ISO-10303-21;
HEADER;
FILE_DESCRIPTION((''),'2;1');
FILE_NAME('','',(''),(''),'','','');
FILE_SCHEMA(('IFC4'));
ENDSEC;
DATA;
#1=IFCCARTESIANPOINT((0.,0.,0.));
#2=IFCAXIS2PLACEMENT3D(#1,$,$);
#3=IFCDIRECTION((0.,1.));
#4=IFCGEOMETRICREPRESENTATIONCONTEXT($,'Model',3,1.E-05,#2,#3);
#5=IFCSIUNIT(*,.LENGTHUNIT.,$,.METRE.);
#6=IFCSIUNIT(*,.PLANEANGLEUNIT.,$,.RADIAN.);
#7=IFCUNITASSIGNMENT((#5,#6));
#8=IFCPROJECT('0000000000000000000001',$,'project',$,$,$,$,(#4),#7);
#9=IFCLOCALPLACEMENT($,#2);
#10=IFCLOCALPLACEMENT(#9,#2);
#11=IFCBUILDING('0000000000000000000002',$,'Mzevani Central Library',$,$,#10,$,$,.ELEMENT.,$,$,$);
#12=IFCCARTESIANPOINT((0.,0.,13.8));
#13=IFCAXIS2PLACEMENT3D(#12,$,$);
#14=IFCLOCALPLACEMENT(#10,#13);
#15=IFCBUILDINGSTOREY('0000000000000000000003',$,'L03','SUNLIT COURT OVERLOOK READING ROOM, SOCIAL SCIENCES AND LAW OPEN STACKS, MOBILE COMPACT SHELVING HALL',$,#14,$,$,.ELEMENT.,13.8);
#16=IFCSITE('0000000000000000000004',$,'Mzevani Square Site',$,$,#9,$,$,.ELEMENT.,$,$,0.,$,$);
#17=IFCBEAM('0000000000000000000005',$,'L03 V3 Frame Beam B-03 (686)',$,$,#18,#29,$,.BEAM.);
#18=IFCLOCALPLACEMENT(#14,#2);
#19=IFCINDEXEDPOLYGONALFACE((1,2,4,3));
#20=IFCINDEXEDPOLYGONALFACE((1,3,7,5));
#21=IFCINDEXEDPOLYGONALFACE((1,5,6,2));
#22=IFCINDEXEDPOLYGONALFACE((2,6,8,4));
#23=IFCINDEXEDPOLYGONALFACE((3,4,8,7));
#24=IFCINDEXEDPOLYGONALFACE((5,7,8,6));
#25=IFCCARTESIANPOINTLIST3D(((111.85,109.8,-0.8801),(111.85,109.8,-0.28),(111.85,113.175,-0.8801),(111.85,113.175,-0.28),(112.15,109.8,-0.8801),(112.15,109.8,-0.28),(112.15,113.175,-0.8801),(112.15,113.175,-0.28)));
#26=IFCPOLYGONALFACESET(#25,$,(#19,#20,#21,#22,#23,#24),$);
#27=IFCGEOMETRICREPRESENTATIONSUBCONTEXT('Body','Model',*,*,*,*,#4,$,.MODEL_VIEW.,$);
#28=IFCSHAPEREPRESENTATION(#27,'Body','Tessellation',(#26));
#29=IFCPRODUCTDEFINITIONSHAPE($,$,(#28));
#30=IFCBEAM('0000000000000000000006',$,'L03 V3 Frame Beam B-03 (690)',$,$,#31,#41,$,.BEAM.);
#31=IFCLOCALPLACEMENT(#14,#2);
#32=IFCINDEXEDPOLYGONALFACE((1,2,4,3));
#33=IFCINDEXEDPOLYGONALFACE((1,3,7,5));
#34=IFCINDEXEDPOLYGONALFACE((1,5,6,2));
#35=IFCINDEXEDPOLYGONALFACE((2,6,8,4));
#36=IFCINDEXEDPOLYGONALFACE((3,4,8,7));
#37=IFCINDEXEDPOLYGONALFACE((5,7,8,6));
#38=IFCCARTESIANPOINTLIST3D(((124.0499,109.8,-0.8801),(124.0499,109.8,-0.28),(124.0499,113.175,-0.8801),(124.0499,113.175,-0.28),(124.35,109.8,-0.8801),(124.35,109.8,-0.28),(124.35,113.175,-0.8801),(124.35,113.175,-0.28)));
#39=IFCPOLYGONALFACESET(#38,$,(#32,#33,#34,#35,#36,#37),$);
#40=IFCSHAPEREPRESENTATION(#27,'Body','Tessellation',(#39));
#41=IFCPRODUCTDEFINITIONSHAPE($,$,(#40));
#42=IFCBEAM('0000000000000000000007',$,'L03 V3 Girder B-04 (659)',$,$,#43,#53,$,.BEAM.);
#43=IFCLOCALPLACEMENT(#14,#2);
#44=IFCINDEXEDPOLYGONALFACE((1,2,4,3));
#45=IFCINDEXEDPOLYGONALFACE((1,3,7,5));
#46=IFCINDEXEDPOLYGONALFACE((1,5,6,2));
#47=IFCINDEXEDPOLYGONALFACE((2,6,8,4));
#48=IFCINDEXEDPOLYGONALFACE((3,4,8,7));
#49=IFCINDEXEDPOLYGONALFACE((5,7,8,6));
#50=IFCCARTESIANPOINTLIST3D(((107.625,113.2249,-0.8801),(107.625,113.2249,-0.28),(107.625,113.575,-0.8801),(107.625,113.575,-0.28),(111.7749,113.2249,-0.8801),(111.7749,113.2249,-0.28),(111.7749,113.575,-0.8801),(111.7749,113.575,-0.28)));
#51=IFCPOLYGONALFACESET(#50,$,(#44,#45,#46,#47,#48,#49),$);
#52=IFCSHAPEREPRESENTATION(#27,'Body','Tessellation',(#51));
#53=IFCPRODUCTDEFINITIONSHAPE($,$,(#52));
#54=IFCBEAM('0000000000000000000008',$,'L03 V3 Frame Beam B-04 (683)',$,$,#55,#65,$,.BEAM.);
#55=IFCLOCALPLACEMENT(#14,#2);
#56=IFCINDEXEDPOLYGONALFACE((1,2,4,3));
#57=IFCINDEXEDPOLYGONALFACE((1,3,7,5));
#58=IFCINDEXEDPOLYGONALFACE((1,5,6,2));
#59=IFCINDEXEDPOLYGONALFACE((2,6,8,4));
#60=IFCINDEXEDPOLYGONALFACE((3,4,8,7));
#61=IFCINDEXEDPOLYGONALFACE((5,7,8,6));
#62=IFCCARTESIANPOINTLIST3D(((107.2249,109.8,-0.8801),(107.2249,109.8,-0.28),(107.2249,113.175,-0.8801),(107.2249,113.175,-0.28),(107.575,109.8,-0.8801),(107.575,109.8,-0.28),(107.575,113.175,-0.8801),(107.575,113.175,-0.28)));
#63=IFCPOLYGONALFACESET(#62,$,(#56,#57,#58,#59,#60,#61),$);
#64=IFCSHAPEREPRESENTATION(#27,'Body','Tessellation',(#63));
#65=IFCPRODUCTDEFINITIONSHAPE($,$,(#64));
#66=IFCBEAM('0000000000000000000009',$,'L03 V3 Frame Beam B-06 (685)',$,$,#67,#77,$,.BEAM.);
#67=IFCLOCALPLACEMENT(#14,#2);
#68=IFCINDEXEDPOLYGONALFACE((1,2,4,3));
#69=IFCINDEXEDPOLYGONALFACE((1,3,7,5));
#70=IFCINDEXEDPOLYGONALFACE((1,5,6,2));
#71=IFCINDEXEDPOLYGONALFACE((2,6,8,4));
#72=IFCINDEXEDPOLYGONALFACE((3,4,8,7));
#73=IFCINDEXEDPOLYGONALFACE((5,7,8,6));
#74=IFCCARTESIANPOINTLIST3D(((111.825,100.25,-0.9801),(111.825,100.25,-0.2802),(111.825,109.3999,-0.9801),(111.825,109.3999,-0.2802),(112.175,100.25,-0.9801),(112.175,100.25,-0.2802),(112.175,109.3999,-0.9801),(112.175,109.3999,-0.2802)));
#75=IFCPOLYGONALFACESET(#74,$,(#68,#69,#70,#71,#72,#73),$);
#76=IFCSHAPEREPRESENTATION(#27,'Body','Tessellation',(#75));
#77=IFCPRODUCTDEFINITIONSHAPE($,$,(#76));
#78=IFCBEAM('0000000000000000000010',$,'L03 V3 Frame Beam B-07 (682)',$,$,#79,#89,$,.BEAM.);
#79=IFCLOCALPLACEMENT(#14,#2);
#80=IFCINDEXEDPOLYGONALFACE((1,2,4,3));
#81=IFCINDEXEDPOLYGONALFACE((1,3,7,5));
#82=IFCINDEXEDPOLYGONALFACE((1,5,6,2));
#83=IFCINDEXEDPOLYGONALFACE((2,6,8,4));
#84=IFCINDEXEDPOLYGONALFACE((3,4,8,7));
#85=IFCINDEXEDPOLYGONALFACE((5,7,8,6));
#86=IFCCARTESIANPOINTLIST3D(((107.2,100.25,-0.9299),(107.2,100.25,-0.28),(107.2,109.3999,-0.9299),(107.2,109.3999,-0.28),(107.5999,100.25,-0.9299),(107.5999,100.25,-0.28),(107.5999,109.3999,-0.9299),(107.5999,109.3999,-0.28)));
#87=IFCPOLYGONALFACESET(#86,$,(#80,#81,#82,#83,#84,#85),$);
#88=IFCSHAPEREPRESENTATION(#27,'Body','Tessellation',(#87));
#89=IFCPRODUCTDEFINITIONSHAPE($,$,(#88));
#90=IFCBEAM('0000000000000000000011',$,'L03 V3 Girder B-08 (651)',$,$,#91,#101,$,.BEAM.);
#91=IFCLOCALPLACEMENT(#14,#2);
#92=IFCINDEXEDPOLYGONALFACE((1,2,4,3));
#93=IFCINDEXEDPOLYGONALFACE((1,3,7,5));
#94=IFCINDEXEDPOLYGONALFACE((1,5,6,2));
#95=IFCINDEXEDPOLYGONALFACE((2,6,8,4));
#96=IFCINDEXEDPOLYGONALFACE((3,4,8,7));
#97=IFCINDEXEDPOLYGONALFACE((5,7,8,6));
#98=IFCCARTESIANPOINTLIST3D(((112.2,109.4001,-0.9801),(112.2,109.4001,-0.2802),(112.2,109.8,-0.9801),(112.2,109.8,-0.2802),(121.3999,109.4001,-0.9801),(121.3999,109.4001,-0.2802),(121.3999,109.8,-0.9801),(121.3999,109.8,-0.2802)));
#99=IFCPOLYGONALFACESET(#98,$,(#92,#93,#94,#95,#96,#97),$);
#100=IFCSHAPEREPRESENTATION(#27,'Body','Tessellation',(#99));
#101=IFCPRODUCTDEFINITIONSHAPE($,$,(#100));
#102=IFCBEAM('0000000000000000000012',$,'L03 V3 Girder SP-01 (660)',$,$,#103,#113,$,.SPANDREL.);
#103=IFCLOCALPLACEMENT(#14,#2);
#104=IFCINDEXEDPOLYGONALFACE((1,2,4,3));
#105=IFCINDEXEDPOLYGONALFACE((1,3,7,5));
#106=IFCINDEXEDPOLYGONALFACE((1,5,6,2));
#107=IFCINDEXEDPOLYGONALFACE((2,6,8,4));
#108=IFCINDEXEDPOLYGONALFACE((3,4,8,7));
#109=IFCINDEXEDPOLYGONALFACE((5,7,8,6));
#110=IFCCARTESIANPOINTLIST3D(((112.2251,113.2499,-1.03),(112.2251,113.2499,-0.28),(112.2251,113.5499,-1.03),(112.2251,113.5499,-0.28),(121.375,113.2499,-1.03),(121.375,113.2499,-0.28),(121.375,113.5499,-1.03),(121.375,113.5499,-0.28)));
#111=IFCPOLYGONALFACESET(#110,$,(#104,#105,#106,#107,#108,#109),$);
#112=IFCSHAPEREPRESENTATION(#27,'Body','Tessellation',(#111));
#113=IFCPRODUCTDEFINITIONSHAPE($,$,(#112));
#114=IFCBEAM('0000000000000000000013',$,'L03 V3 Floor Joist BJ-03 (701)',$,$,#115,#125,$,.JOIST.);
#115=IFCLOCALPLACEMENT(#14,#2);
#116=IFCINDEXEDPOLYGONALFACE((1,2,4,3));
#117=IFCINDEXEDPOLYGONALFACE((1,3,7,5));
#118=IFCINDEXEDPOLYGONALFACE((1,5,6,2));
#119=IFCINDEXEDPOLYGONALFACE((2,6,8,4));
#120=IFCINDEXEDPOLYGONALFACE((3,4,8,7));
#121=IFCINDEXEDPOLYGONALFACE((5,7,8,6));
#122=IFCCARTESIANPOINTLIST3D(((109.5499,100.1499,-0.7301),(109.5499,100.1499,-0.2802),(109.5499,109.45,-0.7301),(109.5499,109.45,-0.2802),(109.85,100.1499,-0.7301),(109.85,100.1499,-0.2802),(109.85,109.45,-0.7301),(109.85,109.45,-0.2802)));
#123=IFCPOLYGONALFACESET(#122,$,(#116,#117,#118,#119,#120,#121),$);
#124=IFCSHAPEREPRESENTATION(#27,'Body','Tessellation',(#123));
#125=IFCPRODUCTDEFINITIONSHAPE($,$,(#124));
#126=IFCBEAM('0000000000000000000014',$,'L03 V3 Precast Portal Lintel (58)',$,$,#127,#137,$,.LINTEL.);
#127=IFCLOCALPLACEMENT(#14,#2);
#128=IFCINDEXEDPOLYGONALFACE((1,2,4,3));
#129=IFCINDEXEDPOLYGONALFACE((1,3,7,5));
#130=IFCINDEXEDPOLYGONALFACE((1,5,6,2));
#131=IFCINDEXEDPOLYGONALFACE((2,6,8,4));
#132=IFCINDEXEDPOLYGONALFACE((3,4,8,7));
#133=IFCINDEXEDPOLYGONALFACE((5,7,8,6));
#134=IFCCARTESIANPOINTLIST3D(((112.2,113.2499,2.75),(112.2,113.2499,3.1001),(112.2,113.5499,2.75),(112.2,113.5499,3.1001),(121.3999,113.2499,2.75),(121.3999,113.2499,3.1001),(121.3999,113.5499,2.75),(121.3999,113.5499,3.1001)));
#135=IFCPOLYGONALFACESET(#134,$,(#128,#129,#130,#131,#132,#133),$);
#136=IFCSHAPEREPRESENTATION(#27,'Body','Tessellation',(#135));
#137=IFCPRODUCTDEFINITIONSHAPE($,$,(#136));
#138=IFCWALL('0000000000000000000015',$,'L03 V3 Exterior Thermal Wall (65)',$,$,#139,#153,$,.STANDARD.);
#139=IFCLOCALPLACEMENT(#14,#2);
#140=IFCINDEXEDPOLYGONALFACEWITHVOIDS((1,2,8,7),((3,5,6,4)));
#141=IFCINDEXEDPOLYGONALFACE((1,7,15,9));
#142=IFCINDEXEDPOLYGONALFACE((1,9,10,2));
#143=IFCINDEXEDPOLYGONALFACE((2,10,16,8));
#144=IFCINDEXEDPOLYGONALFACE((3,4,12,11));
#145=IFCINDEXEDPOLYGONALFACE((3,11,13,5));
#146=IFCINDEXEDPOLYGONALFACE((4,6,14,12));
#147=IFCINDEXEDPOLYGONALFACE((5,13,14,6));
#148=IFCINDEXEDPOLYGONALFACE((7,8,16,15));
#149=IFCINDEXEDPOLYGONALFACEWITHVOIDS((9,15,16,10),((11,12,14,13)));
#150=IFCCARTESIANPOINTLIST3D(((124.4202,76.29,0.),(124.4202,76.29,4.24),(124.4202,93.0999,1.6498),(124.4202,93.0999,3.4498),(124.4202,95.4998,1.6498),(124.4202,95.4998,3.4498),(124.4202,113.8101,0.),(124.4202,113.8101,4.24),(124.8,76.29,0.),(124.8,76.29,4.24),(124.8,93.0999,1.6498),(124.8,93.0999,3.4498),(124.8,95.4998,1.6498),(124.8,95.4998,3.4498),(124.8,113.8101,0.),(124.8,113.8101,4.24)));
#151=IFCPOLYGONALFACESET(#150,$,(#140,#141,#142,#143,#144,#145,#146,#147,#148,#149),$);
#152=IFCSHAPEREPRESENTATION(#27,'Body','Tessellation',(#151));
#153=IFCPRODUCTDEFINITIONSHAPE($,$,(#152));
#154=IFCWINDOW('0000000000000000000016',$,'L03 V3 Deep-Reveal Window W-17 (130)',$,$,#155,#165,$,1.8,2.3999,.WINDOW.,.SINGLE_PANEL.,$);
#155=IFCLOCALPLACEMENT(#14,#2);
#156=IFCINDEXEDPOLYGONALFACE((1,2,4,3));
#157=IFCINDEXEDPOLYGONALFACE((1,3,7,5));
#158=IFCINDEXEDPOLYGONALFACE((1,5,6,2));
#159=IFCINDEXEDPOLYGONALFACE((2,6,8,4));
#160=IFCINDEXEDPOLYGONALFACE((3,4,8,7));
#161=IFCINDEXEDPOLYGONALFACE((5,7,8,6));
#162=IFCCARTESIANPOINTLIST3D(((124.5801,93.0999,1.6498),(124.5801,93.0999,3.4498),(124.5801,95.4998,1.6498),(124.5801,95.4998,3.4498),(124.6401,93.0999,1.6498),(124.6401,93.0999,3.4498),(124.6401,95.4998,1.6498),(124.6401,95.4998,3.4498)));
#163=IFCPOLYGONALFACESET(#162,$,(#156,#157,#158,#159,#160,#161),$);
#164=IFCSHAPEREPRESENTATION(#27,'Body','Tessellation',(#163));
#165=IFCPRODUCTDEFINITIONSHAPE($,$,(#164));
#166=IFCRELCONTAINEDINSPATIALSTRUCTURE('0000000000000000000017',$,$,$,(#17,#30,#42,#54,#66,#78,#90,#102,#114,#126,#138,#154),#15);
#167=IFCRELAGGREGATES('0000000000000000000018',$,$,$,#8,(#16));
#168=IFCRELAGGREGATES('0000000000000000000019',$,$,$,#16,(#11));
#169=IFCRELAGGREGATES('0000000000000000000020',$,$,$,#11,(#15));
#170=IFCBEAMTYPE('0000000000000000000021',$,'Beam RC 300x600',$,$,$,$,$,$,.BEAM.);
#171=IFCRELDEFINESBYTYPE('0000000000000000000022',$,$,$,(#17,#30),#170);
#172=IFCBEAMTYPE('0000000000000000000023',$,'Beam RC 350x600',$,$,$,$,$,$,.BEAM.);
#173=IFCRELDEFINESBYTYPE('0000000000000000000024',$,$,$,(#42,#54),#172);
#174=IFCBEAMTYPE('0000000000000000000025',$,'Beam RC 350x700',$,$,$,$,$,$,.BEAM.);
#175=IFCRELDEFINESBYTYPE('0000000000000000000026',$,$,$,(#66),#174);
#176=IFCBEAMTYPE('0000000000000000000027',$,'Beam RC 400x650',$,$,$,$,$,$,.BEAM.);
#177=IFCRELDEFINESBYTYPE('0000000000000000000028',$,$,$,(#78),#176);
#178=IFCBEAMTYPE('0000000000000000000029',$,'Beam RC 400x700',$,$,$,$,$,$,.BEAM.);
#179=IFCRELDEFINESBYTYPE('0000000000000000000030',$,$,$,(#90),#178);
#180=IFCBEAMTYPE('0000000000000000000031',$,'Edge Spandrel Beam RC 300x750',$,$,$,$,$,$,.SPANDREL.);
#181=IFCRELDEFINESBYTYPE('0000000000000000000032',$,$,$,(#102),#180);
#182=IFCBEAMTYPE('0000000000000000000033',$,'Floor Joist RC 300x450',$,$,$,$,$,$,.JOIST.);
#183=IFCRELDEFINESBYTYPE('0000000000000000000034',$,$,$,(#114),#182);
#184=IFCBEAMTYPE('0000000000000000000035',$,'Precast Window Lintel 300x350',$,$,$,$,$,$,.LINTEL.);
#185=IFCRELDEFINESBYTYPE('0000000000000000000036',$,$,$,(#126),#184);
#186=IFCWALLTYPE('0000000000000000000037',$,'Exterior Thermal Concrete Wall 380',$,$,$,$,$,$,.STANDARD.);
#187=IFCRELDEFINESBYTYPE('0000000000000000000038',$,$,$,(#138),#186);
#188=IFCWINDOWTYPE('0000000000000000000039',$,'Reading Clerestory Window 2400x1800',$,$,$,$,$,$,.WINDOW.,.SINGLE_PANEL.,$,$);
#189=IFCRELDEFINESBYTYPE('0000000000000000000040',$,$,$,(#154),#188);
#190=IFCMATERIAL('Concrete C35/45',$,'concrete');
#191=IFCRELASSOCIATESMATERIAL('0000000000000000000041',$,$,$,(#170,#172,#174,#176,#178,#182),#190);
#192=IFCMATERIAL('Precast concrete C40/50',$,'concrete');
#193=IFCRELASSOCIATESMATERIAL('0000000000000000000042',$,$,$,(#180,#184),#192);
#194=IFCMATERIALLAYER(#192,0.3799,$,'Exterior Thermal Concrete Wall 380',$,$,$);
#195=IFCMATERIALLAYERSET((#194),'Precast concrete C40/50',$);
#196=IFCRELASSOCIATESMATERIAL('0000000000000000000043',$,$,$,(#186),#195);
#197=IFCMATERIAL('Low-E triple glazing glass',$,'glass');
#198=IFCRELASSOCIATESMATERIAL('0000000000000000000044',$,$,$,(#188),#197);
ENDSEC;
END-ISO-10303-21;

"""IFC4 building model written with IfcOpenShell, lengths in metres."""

from ifc_helpers import new_model, si_unit, direction, frame, frame_2d, origin, origin_2d, place, context, subcontext, project, spatial, rectangle, extrude, material, layer, layer_set, material_profile, profile_set, type_object, element, fill, save


model = new_model("IFC4")

# Units and contexts
model_context = context("Model", 3, precision=1e-05, world=origin(), true_north=direction((0.0, 1.0)))
body_context = subcontext(model_context, "Body", "Model", "MODEL_VIEW")
ifc_project = project(units=[si_unit("LENGTHUNIT", "METRE"), si_unit("PLANEANGLEUNIT", "RADIAN")], contexts=[model_context])

# Site, building, storey
site_placement = place(None, origin())
site = spatial("IfcSite", under=ifc_project, at=site_placement, Name="Mzevani Square Site", CompositionType="ELEMENT", RefElevation=0.0)
building_placement = place(site_placement, origin())
building = spatial("IfcBuilding", under=site, at=building_placement, Name="Mzevani Central Library", CompositionType="ELEMENT")
storey_placement = place(building_placement, frame((0.0, 0.0, 13.8)))
storey = spatial("IfcBuildingStorey", under=building, at=storey_placement, Name="L03", Description="SUNLIT COURT OVERLOOK READING ROOM, SOCIAL SCIENCES AND LAW OPEN STACKS, MOBILE COMPACT SHELVING HALL", CompositionType="ELEMENT", Elevation=13.8)

# Beams
ifc_material_1 = material(Name="Concrete C35/45", Category="concrete")
ifc_material_profile_1 = material_profile(ifc_material_1, rectangle(XDim=0.3, YDim=0.6001, at=origin_2d()), Name="RC B300x600")
ifc_profile_set_1 = profile_set([ifc_material_profile_1], Name="Concrete C35/45")
beam_type_1 = type_object("IfcBeamType", Name="Beam RC 300x600", PredefinedType="BEAM", material=ifc_profile_set_1)
for number, where, z_axis, x_axis, name in (
    (1, (112.0, 109.8, -0.5801), (0.0, 1.0, 0.0), (-1.0, 0.0, 0.0), "L03 V3 Frame Beam B-03 (686)"),
    (2, (124.2, 109.8, -0.5801), (0.0, 1.0, 0.0), (-1.0, 0.0, 0.0), "L03 V3 Frame Beam B-03 (690)"),
):
    element("IfcBeam", number, at=place(storey_placement, frame(where, z_axis=z_axis, x_axis=x_axis)), inside=storey, type_object=beam_type_1, Name=name, PredefinedType="BEAM", context=body_context, shape_type="SweptSolid", body=[
        extrude(rectangle(XDim=0.3, YDim=0.6001, at=origin_2d()), origin(), (0.0, 0.0, 1.0), 3.375),
    ])
ifc_material_profile_2 = material_profile(ifc_material_1, rectangle(XDim=0.3501, YDim=0.6001, at=origin_2d()), Name="RC B350x600")
ifc_profile_set_2 = profile_set([ifc_material_profile_2], Name="Concrete C35/45")
beam_type_2 = type_object("IfcBeamType", Name="Beam RC 350x600", PredefinedType="BEAM", material=ifc_profile_set_2)
beam_1_placement = place(storey_placement, frame((107.625, 113.3999, -0.5801), z_axis=(1.0, 0.0, 0.0), x_axis=(0.0, 1.0, 0.0)))
element("IfcBeam", 3, at=beam_1_placement, inside=storey, type_object=beam_type_2, Name="L03 V3 Girder B-04 (659)", PredefinedType="BEAM", context=body_context, shape_type="SweptSolid", body=[
    extrude(rectangle(XDim=0.3501, YDim=0.6001, at=origin_2d()), origin(), (0.0, 0.0, 1.0), 4.1499),
])
beam_2_placement = place(storey_placement, frame((107.3999, 109.8, -0.5801), z_axis=(0.0, 1.0, 0.0), x_axis=(-1.0, 0.0, 0.0)))
element("IfcBeam", 4, at=beam_2_placement, inside=storey, type_object=beam_type_2, Name="L03 V3 Frame Beam B-04 (683)", PredefinedType="BEAM", context=body_context, shape_type="SweptSolid", body=[
    extrude(rectangle(XDim=0.3501, YDim=0.6001, at=origin_2d()), origin(), (0.0, 0.0, 1.0), 3.375),
])
ifc_material_profile_3 = material_profile(ifc_material_1, rectangle(XDim=0.3501, YDim=0.7, at=origin_2d()), Name="RC B350x700")
ifc_profile_set_3 = profile_set([ifc_material_profile_3], Name="Concrete C35/45")
beam_type_3 = type_object("IfcBeamType", Name="Beam RC 350x700", PredefinedType="BEAM", material=ifc_profile_set_3)
beam_3_placement = place(storey_placement, frame((112.0, 100.25, -0.6301), z_axis=(0.0, 1.0, 0.0), x_axis=(-1.0, 0.0, 0.0)))
element("IfcBeam", 5, at=beam_3_placement, inside=storey, type_object=beam_type_3, Name="L03 V3 Frame Beam B-06 (685)", PredefinedType="BEAM", context=body_context, shape_type="SweptSolid", body=[
    extrude(rectangle(XDim=0.3501, YDim=0.7, at=origin_2d()), origin(), (0.0, 0.0, 1.0), 9.1499),
])
ifc_material_profile_4 = material_profile(ifc_material_1, rectangle(XDim=0.3999, YDim=0.6499, at=origin_2d()), Name="RC B400x650")
ifc_profile_set_4 = profile_set([ifc_material_profile_4], Name="Concrete C35/45")
beam_type_4 = type_object("IfcBeamType", Name="Beam RC 400x650", PredefinedType="BEAM", material=ifc_profile_set_4)
beam_4_placement = place(storey_placement, frame((107.3999, 100.25, -0.605), z_axis=(0.0, 1.0, 0.0), x_axis=(-1.0, 0.0, 0.0)))
element("IfcBeam", 6, at=beam_4_placement, inside=storey, type_object=beam_type_4, Name="L03 V3 Frame Beam B-07 (682)", PredefinedType="BEAM", context=body_context, shape_type="SweptSolid", body=[
    extrude(rectangle(XDim=0.3999, YDim=0.6499, at=origin_2d()), origin(), (0.0, 0.0, 1.0), 9.1499),
])
ifc_material_profile_5 = material_profile(ifc_material_1, rectangle(XDim=0.3999, YDim=0.7, at=origin_2d()), Name="RC B400x700")
ifc_profile_set_5 = profile_set([ifc_material_profile_5], Name="Concrete C35/45")
beam_type_5 = type_object("IfcBeamType", Name="Beam RC 400x700", PredefinedType="BEAM", material=ifc_profile_set_5)
beam_5_placement = place(storey_placement, frame((112.2, 109.6001, -0.6301), z_axis=(1.0, 0.0, 0.0), x_axis=(0.0, 1.0, 0.0)))
element("IfcBeam", 7, at=beam_5_placement, inside=storey, type_object=beam_type_5, Name="L03 V3 Girder B-08 (651)", PredefinedType="BEAM", context=body_context, shape_type="SweptSolid", body=[
    extrude(rectangle(XDim=0.3999, YDim=0.7, at=origin_2d()), origin(), (0.0, 0.0, 1.0), 9.2),
])
ifc_material_2 = material(Name="Precast concrete C40/50", Category="concrete")
ifc_material_profile_6 = material_profile(ifc_material_2, rectangle(XDim=0.3, YDim=0.75, at=origin_2d()), Name="RC SP300x750")
ifc_profile_set_6 = profile_set([ifc_material_profile_6], Name="Precast concrete C40/50")
beam_type_6 = type_object("IfcBeamType", Name="Edge Spandrel Beam RC 300x750", PredefinedType="SPANDREL", material=ifc_profile_set_6)
beam_6_placement = place(storey_placement, frame((112.2251, 113.3999, -0.655), z_axis=(1.0, 0.0, 0.0), x_axis=(0.0, 1.0, 0.0)))
element("IfcBeam", 8, at=beam_6_placement, inside=storey, type_object=beam_type_6, Name="L03 V3 Girder SP-01 (660)", PredefinedType="SPANDREL", context=body_context, shape_type="SweptSolid", body=[
    extrude(rectangle(XDim=0.3, YDim=0.75, at=origin_2d()), origin(), (0.0, 0.0, 1.0), 9.1499),
])
ifc_material_profile_7 = material_profile(ifc_material_1, rectangle(XDim=0.3, YDim=0.45, at=origin_2d()), Name="RC J300x450")
ifc_profile_set_7 = profile_set([ifc_material_profile_7], Name="Concrete C35/45")
beam_type_7 = type_object("IfcBeamType", Name="Floor Joist RC 300x450", PredefinedType="JOIST", material=ifc_profile_set_7)
beam_7_placement = place(storey_placement, frame((109.7, 100.1499, -0.5051), z_axis=(0.0, 1.0, 0.0), x_axis=(-1.0, 0.0, 0.0)))
element("IfcBeam", 9, at=beam_7_placement, inside=storey, type_object=beam_type_7, Name="L03 V3 Floor Joist BJ-03 (701)", PredefinedType="JOIST", context=body_context, shape_type="SweptSolid", body=[
    extrude(rectangle(XDim=0.3, YDim=0.45, at=origin_2d()), origin(), (0.0, 0.0, 1.0), 9.3),
])
ifc_material_profile_8 = material_profile(ifc_material_2, rectangle(XDim=0.3, YDim=0.3501, at=origin_2d()), Name="PC LN300x350")
ifc_profile_set_8 = profile_set([ifc_material_profile_8], Name="Precast concrete C40/50")
beam_type_8 = type_object("IfcBeamType", Name="Precast Window Lintel 300x350", PredefinedType="LINTEL", material=ifc_profile_set_8)
beam_8_placement = place(storey_placement, frame((112.2, 113.3999, 2.925), z_axis=(1.0, 0.0, 0.0), x_axis=(0.0, 1.0, 0.0)))
element("IfcBeam", 10, at=beam_8_placement, inside=storey, type_object=beam_type_8, Name="L03 V3 Precast Portal Lintel (58)", PredefinedType="LINTEL", context=body_context, shape_type="SweptSolid", body=[
    extrude(rectangle(XDim=0.3, YDim=0.3501, at=origin_2d()), origin(), (0.0, 0.0, 1.0), 9.2),
])

# Wall, opening, window
ifc_layer_1 = layer(ifc_material_2, 0.3799, Name="Exterior Thermal Concrete Wall 380")
ifc_layer_set_1 = layer_set([ifc_layer_1], Name="Precast concrete C40/50")
wall_type = type_object("IfcWallType", Name="Exterior Thermal Concrete Wall 380", PredefinedType="STANDARD", material=ifc_layer_set_1)
wall_placement = place(storey_placement, frame((124.6101, 113.8101, 0.0), z_axis=(0.0, 0.0, 1.0), x_axis=(0.0, -1.0, 0.0)))
wall = element("IfcWall", 11, at=wall_placement, inside=storey, type_object=wall_type, Name="L03 V3 Exterior Thermal Wall (65)", PredefinedType="STANDARD", context=body_context, shape_type="SweptSolid", body=[
    extrude(rectangle(XDim=37.52, YDim=0.3799, at=frame_2d((18.76, 0.0))), origin(), (0.0, 0.0, 1.0), 4.24),
])
opening_placement = place(wall_placement, frame((18.3103, 0.0, 1.6499)))
opening = element("IfcOpeningElement", 12, at=opening_placement, cuts=wall, PredefinedType="OPENING", context=body_context, shape_type="SweptSolid", body=[
    extrude(rectangle(XDim=2.3999, YDim=1.8, at=frame_2d((1.2, 0.8999))), frame((0.0, 0.2, 0.0), z_axis=(0.0, -1.0, 0.0), x_axis=(1.0, 0.0, 0.0)), (0.0, 0.0, 1.0), 0.3999),
])
ifc_material_3 = material(Name="Low-E triple glazing glass", Category="glass")
window_type = type_object("IfcWindowType", Name="Reading Clerestory Window 2400x1800", PartitioningType="SINGLE_PANEL", PredefinedType="WINDOW", material=ifc_material_3)
window_placement = place(opening_placement, origin())
window = element("IfcWindow", 13, at=window_placement, inside=storey, type_object=window_type, Name="L03 V3 Deep-Reveal Window W-17 (130)", OverallHeight=1.8, OverallWidth=2.3999, PartitioningType="SINGLE_PANEL", PredefinedType="WINDOW", context=body_context, shape_type="SweptSolid", body=[
    extrude(rectangle(XDim=2.3999, YDim=1.8, at=frame_2d((1.2, 0.8999))), frame((0.0, 0.03, 0.0), z_axis=(0.0, -1.0, 0.0), x_axis=(1.0, 0.0, 0.0)), (0.0, 0.0, 1.0), 0.0601),
])
fill(opening, window)

save(model, "model.ifc")
